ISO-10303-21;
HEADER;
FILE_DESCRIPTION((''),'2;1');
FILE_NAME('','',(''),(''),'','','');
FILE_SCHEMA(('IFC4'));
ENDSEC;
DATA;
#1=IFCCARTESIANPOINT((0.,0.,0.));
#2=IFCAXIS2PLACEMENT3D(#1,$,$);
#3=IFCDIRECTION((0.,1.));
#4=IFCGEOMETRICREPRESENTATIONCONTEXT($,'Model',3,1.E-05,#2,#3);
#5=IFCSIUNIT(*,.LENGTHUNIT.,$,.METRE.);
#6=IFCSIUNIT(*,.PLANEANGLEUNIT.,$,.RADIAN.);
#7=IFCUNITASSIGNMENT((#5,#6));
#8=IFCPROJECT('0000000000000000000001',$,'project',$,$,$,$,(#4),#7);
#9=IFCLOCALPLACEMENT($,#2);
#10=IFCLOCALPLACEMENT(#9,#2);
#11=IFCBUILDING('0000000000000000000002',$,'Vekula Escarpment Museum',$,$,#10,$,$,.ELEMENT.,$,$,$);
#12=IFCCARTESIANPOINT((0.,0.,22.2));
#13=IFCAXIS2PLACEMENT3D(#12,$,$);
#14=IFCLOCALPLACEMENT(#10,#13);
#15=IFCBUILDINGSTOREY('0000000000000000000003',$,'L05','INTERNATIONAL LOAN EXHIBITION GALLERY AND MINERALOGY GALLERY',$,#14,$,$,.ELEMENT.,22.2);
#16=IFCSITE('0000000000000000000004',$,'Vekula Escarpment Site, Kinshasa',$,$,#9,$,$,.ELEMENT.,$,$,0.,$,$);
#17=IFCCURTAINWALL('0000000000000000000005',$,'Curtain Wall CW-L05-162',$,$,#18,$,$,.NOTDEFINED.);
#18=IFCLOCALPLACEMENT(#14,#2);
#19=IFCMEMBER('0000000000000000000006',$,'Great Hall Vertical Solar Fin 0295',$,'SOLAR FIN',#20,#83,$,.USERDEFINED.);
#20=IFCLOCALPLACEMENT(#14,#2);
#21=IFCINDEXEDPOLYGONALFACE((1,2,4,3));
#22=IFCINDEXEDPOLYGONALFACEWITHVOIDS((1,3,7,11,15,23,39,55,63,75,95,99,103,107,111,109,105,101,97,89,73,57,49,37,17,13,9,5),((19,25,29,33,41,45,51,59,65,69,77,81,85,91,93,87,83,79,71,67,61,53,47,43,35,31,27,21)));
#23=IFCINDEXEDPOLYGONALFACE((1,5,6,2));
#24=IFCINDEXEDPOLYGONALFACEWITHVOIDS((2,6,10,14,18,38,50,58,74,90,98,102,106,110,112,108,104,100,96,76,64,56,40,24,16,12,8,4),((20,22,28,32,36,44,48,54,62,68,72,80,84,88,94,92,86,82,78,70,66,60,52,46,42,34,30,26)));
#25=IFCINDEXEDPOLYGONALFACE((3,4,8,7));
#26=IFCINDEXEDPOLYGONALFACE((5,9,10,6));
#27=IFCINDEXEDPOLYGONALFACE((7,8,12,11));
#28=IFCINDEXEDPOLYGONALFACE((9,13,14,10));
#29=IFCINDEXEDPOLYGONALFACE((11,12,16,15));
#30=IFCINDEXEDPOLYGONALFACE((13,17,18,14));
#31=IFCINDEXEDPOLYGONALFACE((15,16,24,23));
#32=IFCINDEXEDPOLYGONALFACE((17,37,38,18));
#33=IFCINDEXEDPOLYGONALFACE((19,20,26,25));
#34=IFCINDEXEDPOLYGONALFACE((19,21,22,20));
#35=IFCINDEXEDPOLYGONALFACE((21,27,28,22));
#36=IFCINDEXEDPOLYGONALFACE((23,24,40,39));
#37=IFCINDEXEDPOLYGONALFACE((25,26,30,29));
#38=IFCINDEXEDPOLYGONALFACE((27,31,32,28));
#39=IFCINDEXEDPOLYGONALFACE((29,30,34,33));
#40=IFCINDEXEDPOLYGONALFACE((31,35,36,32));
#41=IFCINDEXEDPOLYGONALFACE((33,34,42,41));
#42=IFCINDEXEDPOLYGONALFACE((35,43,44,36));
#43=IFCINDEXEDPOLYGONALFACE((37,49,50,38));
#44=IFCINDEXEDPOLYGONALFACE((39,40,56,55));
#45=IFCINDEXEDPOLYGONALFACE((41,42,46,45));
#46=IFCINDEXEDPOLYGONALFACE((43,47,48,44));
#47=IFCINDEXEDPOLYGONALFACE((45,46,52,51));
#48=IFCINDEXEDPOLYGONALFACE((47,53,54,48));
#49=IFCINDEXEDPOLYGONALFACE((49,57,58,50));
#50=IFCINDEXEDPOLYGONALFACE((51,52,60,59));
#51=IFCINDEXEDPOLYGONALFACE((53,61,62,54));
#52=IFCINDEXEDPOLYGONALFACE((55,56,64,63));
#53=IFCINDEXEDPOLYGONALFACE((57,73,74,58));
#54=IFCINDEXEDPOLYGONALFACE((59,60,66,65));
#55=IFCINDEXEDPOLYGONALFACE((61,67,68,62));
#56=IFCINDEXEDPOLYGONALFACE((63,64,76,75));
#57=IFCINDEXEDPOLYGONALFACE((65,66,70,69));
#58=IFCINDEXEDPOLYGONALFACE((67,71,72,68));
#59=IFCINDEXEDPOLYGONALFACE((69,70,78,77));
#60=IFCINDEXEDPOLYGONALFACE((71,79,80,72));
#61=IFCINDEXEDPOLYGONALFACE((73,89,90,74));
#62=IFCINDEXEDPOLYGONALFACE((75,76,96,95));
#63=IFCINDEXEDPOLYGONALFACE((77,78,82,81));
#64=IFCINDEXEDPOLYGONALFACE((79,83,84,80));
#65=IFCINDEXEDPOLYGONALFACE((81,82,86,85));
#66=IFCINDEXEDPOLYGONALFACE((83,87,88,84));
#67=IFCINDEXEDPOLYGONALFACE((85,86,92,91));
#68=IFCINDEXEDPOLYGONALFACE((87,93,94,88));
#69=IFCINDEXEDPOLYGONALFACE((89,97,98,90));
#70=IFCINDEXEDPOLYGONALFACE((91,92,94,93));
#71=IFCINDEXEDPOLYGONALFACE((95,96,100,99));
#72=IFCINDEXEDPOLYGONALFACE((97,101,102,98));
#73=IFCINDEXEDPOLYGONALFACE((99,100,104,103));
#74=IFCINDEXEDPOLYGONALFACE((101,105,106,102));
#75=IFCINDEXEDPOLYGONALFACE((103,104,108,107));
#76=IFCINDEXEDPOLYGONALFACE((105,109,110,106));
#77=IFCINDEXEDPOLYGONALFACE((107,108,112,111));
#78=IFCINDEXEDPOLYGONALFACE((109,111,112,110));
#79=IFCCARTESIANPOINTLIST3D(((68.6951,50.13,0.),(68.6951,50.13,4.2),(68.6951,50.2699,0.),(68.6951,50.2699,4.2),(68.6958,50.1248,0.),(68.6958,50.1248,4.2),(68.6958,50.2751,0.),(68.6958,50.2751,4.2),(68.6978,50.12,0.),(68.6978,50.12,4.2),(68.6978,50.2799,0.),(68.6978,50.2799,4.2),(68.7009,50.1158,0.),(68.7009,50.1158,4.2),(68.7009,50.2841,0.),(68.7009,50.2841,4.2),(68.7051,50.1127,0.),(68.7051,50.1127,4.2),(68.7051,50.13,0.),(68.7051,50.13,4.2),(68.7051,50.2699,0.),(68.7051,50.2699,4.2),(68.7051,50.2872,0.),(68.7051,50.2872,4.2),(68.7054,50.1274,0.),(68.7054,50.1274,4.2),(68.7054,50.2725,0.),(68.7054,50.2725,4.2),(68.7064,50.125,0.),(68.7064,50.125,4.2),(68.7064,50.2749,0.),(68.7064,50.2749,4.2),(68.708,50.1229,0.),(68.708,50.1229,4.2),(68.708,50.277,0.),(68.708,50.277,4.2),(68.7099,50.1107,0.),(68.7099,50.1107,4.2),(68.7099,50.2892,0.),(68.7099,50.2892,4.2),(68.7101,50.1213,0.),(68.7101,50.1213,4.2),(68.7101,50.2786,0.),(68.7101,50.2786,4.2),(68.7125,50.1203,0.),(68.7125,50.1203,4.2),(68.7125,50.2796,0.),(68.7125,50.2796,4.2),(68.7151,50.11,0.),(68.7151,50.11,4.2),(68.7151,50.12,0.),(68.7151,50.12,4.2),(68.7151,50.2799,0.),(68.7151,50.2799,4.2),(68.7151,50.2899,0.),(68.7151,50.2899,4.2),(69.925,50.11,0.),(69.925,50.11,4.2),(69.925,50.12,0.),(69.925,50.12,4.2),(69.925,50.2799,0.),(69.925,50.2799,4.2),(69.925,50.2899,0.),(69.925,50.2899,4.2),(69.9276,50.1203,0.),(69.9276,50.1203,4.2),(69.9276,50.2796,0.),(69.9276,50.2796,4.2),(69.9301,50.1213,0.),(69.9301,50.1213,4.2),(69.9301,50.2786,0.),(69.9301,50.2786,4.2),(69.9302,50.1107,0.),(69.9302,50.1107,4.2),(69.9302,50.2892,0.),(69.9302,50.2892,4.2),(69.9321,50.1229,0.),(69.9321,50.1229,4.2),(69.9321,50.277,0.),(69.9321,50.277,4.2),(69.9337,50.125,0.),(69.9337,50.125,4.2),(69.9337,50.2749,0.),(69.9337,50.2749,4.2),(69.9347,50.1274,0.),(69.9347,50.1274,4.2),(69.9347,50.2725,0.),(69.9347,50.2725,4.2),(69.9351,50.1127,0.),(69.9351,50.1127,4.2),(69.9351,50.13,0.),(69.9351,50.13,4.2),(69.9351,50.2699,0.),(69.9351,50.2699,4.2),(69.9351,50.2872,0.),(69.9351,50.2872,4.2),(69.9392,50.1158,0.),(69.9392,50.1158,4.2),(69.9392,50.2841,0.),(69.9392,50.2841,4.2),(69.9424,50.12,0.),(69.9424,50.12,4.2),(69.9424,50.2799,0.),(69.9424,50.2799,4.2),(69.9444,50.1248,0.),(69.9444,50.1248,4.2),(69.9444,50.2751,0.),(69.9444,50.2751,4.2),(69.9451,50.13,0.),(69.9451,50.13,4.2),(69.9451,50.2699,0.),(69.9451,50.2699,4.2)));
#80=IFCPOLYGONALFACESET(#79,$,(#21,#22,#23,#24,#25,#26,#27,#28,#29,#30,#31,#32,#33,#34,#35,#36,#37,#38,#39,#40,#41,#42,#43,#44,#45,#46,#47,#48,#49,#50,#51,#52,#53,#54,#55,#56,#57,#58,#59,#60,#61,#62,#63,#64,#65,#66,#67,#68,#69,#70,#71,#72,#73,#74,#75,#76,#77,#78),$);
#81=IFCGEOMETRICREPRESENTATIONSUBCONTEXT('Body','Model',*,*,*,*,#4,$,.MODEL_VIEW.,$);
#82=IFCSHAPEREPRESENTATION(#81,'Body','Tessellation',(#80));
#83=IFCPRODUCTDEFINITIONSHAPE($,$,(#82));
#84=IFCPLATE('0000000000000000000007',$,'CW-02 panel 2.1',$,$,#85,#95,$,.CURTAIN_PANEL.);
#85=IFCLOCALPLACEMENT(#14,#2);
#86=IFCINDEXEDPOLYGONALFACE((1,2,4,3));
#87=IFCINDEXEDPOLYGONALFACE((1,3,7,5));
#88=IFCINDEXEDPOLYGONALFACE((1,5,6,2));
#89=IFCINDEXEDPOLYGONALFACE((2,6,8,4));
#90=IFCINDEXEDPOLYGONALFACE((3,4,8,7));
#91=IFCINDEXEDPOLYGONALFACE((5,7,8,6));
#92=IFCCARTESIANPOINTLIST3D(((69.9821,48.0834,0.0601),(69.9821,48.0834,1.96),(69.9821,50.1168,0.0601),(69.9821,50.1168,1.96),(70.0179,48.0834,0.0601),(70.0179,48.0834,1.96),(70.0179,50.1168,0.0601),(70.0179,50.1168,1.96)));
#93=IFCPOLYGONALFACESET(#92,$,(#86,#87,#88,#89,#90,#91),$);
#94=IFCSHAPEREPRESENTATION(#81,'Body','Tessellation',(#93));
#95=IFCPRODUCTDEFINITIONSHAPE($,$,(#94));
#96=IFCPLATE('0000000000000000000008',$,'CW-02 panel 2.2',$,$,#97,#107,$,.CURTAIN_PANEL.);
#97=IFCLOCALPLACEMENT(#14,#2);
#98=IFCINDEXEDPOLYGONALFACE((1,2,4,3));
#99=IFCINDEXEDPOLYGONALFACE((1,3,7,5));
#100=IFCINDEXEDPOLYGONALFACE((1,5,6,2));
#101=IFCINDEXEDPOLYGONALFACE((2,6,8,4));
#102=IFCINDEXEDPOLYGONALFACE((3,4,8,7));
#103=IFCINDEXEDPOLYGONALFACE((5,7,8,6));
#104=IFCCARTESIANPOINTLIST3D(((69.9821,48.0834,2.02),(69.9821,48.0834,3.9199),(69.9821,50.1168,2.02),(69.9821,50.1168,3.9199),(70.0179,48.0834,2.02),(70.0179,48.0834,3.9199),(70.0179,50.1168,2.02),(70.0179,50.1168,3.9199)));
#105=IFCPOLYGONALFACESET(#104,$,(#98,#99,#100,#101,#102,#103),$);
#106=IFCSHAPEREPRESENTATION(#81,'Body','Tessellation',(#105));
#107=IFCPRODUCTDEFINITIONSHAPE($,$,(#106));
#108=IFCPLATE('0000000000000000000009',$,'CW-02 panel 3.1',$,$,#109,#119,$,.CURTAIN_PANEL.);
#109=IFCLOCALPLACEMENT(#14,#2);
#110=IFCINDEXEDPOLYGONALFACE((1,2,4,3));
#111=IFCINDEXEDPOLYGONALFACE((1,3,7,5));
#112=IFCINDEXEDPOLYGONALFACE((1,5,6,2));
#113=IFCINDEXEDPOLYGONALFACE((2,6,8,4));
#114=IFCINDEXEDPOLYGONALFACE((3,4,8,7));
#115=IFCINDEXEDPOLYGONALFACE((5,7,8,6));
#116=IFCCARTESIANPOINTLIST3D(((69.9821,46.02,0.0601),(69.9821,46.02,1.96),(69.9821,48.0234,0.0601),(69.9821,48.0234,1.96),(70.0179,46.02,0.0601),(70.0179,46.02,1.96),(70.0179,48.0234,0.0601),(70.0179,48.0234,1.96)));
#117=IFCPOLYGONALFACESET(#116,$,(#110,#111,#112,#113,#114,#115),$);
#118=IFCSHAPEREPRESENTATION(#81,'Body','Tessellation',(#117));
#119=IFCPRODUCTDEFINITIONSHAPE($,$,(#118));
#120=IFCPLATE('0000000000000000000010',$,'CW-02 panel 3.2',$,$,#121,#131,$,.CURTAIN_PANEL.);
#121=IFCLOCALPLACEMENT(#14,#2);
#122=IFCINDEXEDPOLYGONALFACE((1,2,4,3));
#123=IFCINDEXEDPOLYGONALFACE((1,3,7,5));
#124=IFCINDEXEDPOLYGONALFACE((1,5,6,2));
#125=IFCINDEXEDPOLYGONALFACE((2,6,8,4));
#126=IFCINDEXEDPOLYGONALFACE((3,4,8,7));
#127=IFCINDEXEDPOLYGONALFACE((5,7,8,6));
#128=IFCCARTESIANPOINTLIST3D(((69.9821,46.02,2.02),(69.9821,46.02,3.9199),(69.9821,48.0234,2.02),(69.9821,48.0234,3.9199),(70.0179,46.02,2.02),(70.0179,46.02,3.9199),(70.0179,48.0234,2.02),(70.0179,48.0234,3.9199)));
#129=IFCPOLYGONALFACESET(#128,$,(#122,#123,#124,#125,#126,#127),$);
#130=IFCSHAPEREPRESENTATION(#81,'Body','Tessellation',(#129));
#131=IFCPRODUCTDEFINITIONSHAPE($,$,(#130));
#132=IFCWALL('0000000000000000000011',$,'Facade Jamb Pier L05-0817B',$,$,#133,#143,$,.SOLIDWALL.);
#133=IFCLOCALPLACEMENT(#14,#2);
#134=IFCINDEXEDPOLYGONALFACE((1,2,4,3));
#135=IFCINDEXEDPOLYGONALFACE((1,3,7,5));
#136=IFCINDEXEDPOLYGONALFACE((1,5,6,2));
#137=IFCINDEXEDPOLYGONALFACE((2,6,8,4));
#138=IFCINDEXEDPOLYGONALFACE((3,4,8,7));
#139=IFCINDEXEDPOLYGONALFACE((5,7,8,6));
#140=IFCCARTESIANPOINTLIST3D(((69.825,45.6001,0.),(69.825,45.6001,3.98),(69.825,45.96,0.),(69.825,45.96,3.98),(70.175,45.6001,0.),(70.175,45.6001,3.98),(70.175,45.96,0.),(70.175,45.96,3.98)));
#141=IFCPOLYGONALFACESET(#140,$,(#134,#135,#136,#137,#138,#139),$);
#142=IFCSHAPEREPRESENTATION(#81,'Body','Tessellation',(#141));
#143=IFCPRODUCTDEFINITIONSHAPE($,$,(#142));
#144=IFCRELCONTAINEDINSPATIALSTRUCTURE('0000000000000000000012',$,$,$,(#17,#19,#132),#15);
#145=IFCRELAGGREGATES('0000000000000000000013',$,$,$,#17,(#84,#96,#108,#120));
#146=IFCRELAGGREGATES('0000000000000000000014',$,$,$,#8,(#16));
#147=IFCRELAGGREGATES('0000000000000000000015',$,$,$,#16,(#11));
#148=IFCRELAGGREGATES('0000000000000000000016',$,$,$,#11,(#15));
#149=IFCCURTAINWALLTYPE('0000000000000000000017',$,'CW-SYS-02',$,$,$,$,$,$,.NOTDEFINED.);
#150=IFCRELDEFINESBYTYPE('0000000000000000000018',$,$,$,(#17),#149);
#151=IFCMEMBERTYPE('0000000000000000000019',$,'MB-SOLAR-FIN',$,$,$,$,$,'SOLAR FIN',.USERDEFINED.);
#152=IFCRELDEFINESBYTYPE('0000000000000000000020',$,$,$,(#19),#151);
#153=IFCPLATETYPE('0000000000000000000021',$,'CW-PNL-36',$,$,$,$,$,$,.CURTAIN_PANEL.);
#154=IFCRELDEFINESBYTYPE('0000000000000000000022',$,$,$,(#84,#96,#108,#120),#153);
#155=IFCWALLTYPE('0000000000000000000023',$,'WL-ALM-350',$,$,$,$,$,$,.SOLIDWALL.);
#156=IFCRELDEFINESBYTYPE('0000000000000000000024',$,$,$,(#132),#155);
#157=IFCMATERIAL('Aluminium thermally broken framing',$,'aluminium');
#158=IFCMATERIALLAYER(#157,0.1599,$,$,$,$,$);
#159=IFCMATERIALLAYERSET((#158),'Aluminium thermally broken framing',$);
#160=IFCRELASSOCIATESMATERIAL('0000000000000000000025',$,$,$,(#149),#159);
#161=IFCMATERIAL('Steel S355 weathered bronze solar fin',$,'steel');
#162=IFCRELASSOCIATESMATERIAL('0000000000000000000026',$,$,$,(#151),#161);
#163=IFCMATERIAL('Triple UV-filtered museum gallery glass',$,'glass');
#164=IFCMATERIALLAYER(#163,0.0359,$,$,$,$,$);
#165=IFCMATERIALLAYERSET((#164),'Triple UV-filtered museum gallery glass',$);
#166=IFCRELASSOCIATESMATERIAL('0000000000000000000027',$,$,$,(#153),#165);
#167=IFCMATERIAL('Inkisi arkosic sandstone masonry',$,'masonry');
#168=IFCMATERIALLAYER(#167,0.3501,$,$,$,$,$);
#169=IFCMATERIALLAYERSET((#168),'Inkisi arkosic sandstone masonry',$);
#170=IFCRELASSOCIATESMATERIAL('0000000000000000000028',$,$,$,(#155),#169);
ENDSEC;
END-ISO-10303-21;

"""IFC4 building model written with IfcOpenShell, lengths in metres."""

from ifc_helpers import new_model, si_unit, direction, frame, frame_2d, origin, origin_2d, place, context, subcontext, project, spatial, rectangle, hollow_rectangle, extrude, material, layer, layer_set, material_profile, profile_set, type_object, element, aggregate, save


model = new_model("IFC4")

# Units and contexts
model_context = context("Model", 3, precision=1e-05, world=origin(), true_north=direction((0.0, 1.0)))
body_context = subcontext(model_context, "Body", "Model", "MODEL_VIEW")
ifc_project = project(units=[si_unit("LENGTHUNIT", "METRE"), si_unit("PLANEANGLEUNIT", "RADIAN")], contexts=[model_context])

# Site, building, storey
site_placement = place(None, origin())
site = spatial("IfcSite", under=ifc_project, at=site_placement, Name="Vekula Escarpment Site, Kinshasa", CompositionType="ELEMENT", RefElevation=0.0)
building_placement = place(site_placement, origin())
building = spatial("IfcBuilding", under=site, at=building_placement, Name="Vekula Escarpment Museum", CompositionType="ELEMENT")
storey_placement = place(building_placement, frame((0.0, 0.0, 22.2)))
storey = spatial("IfcBuildingStorey", under=building, at=storey_placement, Name="L05", Description="INTERNATIONAL LOAN EXHIBITION GALLERY AND MINERALOGY GALLERY", CompositionType="ELEMENT", Elevation=22.2)

# Curtain wall
ifc_material_1 = material(Name="Aluminium thermally broken framing", Category="aluminium")
ifc_layer_1 = layer(ifc_material_1, 0.1599)
ifc_layer_set_1 = layer_set([ifc_layer_1], Name="Aluminium thermally broken framing")
curtain_wall_type = type_object("IfcCurtainWallType", Name="CW-SYS-02", PredefinedType="NOTDEFINED", material=ifc_layer_set_1)
curtain_wall_placement = place(storey_placement, origin())
curtain_wall = element("IfcCurtainWall", 1, at=curtain_wall_placement, inside=storey, type_object=curtain_wall_type, Name="Curtain Wall CW-L05-162", PredefinedType="NOTDEFINED")

# Member
ifc_material_2 = material(Name="Steel S355 weathered bronze solar fin", Category="steel")
ifc_material_profile_1 = material_profile(ifc_material_2, hollow_rectangle(XDim=0.1799, YDim=1.25, WallThickness=0.01, InnerFilletRadius=0.01, OuterFilletRadius=0.02, at=origin_2d()), Name="RHS 1250x180x10")
ifc_profile_set_1 = profile_set([ifc_material_profile_1], Name="Steel S355 weathered bronze solar fin")
member_type_1 = type_object("IfcMemberType", Name="MB-SOLAR-FIN", ElementType="SOLAR FIN", PredefinedType="USERDEFINED", material=ifc_profile_set_1)
for number, where, z_axis, x_axis, name in (
    (2, (69.3201, 50.2, 0.0), (0.0, 0.0, 1.0), (0.0, 1.0, 0.0), "Great Hall Vertical Solar Fin 0295"),
):
    element("IfcMember", number, at=place(storey_placement, frame(where, z_axis=z_axis, x_axis=x_axis)), inside=storey, type_object=member_type_1, Name=name, ObjectType="SOLAR FIN", PredefinedType="USERDEFINED", context=body_context, shape_type="SweptSolid", body=[
        extrude(hollow_rectangle(XDim=0.1799, YDim=1.25, WallThickness=0.01, InnerFilletRadius=0.01, OuterFilletRadius=0.02, at=origin_2d()), origin(), (0.0, 0.0, 1.0), 4.2),
    ])

# Plates
ifc_material_3 = material(Name="Triple UV-filtered museum gallery glass", Category="glass")
ifc_layer_2 = layer(ifc_material_3, 0.0359)
ifc_layer_set_2 = layer_set([ifc_layer_2], Name="Triple UV-filtered museum gallery glass")
plate_type = type_object("IfcPlateType", Name="CW-PNL-36", PredefinedType="CURTAIN_PANEL", material=ifc_layer_set_2)
plate_1_placement = place(storey_placement, frame((70.0, 49.1001, 0.0601), z_axis=(0.0, 0.0, 1.0), x_axis=(0.0, -1.0, 0.0)))
plate_1 = element("IfcPlate", 3, at=plate_1_placement, type_object=plate_type, Name="CW-02 panel 2.1", PredefinedType="CURTAIN_PANEL", context=body_context, shape_type="SweptSolid", body=[
    extrude(rectangle(XDim=2.0334, YDim=0.0359, at=origin_2d()), origin(), (0.0, 0.0, 1.0), 1.8999),
])
plate_2_placement = place(storey_placement, frame((70.0, 49.1001, 2.02), z_axis=(0.0, 0.0, 1.0), x_axis=(0.0, -1.0, 0.0)))
plate_2 = element("IfcPlate", 4, at=plate_2_placement, type_object=plate_type, Name="CW-02 panel 2.2", PredefinedType="CURTAIN_PANEL", context=body_context, shape_type="SweptSolid", body=[
    extrude(rectangle(XDim=2.0334, YDim=0.0359, at=origin_2d()), origin(), (0.0, 0.0, 1.0), 1.8999),
])
plate_3_placement = place(storey_placement, frame((70.0, 47.0217, 0.0601), z_axis=(0.0, 0.0, 1.0), x_axis=(0.0, -1.0, 0.0)))
plate_3 = element("IfcPlate", 5, at=plate_3_placement, type_object=plate_type, Name="CW-02 panel 3.1", PredefinedType="CURTAIN_PANEL", context=body_context, shape_type="SweptSolid", body=[
    extrude(rectangle(XDim=2.0034, YDim=0.0359, at=origin_2d()), origin(), (0.0, 0.0, 1.0), 1.8999),
])
plate_4_placement = place(storey_placement, frame((70.0, 47.0217, 2.02), z_axis=(0.0, 0.0, 1.0), x_axis=(0.0, -1.0, 0.0)))
plate_4 = element("IfcPlate", 6, at=plate_4_placement, type_object=plate_type, Name="CW-02 panel 3.2", PredefinedType="CURTAIN_PANEL", context=body_context, shape_type="SweptSolid", body=[
    extrude(rectangle(XDim=2.0034, YDim=0.0359, at=origin_2d()), origin(), (0.0, 0.0, 1.0), 1.8999),
])
aggregate(curtain_wall, [plate_1, plate_2, plate_3, plate_4])

# Wall
ifc_material_4 = material(Name="Inkisi arkosic sandstone masonry", Category="masonry")
ifc_layer_3 = layer(ifc_material_4, 0.3501)
ifc_layer_set_3 = layer_set([ifc_layer_3], Name="Inkisi arkosic sandstone masonry")
wall_type = type_object("IfcWallType", Name="WL-ALM-350", PredefinedType="SOLIDWALL", material=ifc_layer_set_3)
wall_placement = place(storey_placement, frame((70.0, 45.96, 0.0), z_axis=(0.0, 0.0, 1.0), x_axis=(0.0, -1.0, 0.0)))
element("IfcWall", 7, at=wall_placement, inside=storey, type_object=wall_type, Name="Facade Jamb Pier L05-0817B", PredefinedType="SOLIDWALL", context=body_context, shape_type="SweptSolid", body=[
    extrude(rectangle(XDim=0.3599, YDim=0.3501, at=frame_2d((0.1799, 0.0))), origin(), (0.0, 0.0, 1.0), 3.98),
])

save(model, "model.ifc")
